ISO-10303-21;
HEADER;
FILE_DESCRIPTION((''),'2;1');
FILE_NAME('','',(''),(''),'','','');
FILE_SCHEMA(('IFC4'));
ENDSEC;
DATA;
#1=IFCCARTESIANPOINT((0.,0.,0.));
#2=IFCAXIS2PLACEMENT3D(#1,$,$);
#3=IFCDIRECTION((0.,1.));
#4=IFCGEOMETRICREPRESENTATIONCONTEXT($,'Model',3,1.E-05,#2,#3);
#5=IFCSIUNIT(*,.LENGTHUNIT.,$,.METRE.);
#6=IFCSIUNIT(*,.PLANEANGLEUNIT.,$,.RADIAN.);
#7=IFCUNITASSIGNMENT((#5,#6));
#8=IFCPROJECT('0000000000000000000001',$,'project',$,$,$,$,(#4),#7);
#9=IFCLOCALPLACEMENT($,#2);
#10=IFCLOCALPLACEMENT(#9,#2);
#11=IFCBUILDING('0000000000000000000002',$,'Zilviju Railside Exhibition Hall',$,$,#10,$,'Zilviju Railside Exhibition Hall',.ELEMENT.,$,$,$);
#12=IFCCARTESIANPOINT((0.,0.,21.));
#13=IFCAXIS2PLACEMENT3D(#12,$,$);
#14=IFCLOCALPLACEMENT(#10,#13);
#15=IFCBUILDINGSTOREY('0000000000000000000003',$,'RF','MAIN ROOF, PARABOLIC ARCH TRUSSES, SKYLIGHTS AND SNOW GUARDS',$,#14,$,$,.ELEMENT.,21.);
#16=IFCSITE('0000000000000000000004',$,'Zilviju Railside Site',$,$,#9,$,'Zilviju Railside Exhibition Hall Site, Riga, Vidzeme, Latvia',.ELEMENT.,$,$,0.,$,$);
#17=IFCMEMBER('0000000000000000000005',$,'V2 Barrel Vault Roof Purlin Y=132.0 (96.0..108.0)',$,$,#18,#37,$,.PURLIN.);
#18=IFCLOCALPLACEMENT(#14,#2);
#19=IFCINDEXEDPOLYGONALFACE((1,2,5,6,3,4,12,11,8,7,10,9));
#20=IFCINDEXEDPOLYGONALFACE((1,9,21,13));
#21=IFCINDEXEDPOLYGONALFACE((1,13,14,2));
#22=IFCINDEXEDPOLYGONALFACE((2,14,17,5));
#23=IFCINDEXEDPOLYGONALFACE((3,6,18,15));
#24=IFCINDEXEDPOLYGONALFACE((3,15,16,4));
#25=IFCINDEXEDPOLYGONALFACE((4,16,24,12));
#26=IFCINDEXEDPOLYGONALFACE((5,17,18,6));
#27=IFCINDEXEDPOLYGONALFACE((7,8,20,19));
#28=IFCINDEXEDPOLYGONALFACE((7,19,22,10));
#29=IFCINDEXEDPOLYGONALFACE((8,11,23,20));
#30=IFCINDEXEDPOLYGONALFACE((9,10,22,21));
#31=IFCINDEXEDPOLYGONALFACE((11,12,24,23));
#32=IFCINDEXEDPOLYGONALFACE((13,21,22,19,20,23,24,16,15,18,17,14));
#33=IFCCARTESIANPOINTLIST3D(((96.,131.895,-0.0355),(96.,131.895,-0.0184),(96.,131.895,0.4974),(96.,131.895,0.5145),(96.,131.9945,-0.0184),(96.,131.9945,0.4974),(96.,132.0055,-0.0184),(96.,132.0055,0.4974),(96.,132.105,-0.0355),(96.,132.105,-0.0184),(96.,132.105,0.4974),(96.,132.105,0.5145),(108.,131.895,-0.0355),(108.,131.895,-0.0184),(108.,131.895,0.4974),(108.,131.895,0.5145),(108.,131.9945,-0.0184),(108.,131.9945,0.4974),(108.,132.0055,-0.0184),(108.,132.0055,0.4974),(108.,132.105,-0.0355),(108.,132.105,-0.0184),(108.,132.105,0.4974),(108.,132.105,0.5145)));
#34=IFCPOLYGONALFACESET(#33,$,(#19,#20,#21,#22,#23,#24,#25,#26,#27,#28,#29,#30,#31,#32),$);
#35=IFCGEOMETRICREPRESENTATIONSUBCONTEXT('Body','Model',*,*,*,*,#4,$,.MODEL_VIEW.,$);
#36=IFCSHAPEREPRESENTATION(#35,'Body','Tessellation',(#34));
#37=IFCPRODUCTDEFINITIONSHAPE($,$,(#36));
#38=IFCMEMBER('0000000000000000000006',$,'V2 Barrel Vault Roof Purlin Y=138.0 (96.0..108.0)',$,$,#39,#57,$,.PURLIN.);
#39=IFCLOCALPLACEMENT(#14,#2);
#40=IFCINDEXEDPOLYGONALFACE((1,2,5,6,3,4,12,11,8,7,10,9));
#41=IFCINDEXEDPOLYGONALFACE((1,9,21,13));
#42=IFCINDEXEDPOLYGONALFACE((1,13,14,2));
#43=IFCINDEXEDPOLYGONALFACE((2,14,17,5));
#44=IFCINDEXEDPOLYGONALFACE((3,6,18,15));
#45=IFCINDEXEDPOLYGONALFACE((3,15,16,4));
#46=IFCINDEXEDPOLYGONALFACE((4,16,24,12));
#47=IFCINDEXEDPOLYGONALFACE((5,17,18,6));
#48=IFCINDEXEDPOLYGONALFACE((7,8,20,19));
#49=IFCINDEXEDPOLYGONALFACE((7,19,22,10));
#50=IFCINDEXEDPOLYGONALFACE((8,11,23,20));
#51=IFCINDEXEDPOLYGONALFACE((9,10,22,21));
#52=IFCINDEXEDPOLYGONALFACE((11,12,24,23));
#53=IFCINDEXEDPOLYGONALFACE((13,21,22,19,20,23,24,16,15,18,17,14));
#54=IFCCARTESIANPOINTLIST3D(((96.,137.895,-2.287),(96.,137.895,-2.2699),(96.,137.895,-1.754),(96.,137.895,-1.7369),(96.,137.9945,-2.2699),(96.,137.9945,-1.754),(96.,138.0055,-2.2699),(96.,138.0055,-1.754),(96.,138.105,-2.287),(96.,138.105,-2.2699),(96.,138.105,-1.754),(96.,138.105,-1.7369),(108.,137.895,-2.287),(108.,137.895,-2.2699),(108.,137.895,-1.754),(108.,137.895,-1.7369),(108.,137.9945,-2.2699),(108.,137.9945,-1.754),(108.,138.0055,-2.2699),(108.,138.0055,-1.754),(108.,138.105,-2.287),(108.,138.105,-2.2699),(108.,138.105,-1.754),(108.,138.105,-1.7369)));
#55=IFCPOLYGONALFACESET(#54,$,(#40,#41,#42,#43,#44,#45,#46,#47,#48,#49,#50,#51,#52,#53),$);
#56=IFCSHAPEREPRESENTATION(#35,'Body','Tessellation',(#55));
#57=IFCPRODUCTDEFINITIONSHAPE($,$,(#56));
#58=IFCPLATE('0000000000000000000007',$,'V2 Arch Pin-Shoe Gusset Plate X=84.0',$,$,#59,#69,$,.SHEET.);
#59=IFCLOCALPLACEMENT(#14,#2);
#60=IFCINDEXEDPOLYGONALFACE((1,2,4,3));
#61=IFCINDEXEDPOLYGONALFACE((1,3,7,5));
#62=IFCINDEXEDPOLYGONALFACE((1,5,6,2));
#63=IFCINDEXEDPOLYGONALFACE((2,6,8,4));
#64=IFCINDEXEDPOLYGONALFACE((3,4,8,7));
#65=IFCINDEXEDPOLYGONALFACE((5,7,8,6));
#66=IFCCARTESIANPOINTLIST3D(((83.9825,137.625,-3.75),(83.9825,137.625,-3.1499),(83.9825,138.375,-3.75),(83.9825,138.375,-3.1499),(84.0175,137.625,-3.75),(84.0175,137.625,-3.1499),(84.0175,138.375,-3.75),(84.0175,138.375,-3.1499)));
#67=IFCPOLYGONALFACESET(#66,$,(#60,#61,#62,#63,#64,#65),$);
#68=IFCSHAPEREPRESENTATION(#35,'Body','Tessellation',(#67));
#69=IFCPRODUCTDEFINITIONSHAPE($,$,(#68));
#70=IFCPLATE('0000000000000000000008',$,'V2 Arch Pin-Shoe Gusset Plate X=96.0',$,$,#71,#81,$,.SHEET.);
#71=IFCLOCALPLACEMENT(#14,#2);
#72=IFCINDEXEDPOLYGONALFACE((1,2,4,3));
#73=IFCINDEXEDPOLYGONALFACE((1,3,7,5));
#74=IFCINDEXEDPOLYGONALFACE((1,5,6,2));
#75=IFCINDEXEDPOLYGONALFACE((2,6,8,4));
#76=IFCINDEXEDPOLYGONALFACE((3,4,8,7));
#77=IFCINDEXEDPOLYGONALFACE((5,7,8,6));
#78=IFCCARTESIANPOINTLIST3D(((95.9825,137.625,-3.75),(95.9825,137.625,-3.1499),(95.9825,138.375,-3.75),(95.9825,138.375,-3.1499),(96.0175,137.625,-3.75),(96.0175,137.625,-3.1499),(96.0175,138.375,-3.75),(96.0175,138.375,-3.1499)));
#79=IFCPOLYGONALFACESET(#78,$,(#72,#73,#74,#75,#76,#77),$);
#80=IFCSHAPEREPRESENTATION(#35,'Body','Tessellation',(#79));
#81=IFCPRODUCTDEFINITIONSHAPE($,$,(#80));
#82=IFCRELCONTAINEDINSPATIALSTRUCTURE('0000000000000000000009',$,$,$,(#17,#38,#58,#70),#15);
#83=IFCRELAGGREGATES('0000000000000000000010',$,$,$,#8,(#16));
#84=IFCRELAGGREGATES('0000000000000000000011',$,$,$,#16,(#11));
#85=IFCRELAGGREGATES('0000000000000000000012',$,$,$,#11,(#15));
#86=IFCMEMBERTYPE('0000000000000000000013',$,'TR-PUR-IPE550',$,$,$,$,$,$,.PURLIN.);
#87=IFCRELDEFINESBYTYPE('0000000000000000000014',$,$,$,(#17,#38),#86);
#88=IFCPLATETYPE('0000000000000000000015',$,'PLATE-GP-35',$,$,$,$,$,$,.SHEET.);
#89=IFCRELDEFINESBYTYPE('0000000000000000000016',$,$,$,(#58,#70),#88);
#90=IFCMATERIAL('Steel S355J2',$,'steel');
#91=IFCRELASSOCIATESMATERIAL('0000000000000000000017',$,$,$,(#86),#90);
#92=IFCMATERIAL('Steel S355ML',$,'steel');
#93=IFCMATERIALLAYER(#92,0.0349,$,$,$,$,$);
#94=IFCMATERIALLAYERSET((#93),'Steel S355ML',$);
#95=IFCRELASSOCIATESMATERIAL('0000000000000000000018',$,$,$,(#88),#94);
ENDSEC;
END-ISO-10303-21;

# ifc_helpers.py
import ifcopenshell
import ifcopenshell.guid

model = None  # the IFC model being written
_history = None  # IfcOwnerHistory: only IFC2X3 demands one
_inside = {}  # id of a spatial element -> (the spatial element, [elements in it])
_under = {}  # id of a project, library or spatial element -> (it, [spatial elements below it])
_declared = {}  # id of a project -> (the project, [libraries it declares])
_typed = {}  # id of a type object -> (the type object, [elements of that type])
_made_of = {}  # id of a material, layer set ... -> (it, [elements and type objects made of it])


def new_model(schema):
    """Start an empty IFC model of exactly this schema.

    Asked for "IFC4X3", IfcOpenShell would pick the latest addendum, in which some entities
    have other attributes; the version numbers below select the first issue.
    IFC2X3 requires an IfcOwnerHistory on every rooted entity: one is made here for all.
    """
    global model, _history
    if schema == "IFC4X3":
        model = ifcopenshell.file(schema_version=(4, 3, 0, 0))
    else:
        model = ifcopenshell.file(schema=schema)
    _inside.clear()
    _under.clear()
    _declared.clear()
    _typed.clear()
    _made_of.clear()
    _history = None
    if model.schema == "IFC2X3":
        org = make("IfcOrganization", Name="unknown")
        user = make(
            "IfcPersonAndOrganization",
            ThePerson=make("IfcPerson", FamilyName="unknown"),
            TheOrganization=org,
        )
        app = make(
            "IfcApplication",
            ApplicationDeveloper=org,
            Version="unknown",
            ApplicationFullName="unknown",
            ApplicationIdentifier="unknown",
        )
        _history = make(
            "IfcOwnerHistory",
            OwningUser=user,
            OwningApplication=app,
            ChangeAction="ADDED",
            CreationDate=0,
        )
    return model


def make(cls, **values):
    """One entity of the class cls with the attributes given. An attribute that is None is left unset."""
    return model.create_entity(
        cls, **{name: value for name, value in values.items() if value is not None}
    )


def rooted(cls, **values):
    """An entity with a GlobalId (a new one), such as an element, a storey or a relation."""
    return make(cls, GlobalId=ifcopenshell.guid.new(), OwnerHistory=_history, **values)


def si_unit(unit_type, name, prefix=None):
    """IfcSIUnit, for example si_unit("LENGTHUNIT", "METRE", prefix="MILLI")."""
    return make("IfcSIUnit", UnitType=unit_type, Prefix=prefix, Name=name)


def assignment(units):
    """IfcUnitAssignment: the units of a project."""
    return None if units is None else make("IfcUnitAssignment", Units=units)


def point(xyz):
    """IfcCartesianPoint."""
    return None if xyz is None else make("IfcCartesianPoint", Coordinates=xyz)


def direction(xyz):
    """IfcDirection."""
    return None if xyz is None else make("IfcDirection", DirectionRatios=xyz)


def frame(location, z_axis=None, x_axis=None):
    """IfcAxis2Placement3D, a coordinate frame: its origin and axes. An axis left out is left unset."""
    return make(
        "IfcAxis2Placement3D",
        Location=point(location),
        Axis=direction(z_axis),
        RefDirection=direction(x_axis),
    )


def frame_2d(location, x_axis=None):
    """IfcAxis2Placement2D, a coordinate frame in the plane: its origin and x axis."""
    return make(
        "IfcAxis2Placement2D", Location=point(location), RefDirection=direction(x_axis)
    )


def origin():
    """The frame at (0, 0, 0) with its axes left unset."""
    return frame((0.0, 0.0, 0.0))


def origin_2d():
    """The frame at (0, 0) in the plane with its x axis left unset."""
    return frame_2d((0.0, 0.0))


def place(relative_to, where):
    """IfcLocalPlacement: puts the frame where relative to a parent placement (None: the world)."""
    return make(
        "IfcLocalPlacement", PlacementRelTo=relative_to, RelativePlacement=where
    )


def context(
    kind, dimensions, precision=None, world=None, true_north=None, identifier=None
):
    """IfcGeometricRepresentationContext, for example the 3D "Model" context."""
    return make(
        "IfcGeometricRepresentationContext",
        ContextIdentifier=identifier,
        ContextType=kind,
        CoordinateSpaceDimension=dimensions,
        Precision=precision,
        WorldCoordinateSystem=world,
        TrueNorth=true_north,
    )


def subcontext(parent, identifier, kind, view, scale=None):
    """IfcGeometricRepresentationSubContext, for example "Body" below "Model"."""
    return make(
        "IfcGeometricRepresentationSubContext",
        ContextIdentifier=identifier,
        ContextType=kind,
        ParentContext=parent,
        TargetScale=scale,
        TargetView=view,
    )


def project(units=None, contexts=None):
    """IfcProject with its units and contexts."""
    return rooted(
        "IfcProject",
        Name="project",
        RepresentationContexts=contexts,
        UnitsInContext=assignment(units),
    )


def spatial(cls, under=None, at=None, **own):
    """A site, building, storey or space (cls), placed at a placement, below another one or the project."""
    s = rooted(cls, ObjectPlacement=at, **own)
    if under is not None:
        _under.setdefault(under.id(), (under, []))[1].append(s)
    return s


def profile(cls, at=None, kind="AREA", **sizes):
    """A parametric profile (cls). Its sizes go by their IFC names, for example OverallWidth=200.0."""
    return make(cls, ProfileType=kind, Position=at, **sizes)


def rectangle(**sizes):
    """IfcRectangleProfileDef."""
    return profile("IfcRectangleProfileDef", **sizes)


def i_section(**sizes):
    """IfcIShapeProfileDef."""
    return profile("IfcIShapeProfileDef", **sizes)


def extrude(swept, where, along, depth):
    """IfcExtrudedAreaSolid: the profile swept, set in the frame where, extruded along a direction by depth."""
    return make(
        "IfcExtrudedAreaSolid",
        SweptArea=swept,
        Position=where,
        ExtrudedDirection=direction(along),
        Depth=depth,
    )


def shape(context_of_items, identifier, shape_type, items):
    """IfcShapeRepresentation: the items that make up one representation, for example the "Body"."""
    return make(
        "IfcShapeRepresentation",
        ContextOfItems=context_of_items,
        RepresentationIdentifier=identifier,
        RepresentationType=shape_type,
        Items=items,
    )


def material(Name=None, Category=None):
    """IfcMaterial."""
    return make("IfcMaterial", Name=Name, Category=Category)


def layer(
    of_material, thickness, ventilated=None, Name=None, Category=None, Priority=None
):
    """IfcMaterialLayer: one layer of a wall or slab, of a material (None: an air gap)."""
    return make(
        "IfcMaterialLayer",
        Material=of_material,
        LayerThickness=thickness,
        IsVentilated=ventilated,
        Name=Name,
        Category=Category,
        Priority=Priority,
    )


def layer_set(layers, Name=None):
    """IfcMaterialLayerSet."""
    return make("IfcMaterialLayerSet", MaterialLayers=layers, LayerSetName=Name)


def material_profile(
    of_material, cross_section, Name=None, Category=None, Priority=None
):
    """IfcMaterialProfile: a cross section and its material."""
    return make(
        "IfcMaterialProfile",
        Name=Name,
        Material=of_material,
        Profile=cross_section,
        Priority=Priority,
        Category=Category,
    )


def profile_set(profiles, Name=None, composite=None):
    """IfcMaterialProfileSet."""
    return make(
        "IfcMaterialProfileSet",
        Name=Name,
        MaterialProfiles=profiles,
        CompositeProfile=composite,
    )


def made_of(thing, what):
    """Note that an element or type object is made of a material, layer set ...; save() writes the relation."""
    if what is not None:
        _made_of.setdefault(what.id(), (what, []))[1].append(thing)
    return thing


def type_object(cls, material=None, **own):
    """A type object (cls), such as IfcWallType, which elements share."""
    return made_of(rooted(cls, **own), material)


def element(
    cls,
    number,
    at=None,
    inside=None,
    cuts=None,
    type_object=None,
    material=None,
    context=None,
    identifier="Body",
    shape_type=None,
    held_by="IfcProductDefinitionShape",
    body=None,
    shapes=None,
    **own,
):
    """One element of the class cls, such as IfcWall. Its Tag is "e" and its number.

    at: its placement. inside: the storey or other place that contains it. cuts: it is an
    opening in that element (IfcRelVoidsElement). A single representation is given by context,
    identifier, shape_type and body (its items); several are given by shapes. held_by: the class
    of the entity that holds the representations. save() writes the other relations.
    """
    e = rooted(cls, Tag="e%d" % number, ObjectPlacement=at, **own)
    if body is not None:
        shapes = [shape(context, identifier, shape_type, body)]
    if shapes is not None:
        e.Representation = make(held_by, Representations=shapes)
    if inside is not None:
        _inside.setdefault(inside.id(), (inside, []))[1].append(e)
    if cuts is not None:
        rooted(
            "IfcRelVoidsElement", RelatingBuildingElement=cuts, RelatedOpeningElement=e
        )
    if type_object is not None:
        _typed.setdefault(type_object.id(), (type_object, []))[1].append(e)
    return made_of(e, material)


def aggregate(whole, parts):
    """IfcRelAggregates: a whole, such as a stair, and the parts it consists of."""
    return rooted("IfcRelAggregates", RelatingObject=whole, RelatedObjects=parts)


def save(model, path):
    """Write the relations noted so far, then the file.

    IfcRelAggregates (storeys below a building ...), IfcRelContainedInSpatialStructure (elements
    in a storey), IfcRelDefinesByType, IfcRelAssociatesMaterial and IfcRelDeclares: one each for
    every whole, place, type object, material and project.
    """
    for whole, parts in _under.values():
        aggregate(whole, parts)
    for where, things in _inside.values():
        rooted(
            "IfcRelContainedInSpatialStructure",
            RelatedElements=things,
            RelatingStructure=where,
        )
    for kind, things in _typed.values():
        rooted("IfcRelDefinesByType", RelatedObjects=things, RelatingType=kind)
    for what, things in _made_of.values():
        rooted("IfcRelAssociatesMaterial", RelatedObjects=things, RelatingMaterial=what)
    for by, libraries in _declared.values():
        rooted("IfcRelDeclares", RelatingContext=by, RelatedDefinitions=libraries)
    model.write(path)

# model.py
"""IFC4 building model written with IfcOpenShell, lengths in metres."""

from ifc_helpers import new_model, si_unit, direction, frame, origin, origin_2d, place, context, subcontext, project, spatial, rectangle, i_section, extrude, material, layer, layer_set, material_profile, profile_set, type_object, element, save


model = new_model("IFC4")

# Units and contexts
model_context = context("Model", 3, precision=1e-05, world=origin(), true_north=direction((0.0, 1.0)))
body_context = subcontext(model_context, "Body", "Model", "MODEL_VIEW")
ifc_project = project(units=[si_unit("LENGTHUNIT", "METRE"), si_unit("PLANEANGLEUNIT", "RADIAN")], contexts=[model_context])

# Site, building, storey
site_placement = place(None, origin())
site = spatial("IfcSite", under=ifc_project, at=site_placement, Name="Zilviju Railside Site", LongName="Zilviju Railside Exhibition Hall Site, Riga, Vidzeme, Latvia", CompositionType="ELEMENT", RefElevation=0.0)
building_placement = place(site_placement, origin())
building = spatial("IfcBuilding", under=site, at=building_placement, Name="Zilviju Railside Exhibition Hall", LongName="Zilviju Railside Exhibition Hall", CompositionType="ELEMENT")
storey_placement = place(building_placement, frame((0.0, 0.0, 21.0)))
storey = spatial("IfcBuildingStorey", under=building, at=storey_placement, Name="RF", Description="MAIN ROOF, PARABOLIC ARCH TRUSSES, SKYLIGHTS AND SNOW GUARDS", CompositionType="ELEMENT", Elevation=21.0)

# Shared definitions
ifc_material_1 = material(Name="Steel S355J2", Category="steel")

# Members
ifc_material_profile_1 = material_profile(ifc_material_1, i_section(OverallWidth=0.21, OverallDepth=0.55, WebThickness=0.011, FlangeThickness=0.0171, at=origin_2d()), Name="IPE 550")
ifc_profile_set_1 = profile_set([ifc_material_profile_1], Name="Steel S355J2")
member_type_1 = type_object("IfcMemberType", Name="TR-PUR-IPE550", PredefinedType="PURLIN", material=ifc_profile_set_1)
for number, where, z_axis, x_axis, name in (
    (1, (96.0, 132.0, 0.2395), (1.0, 0.0, 0.0), (0.0, 1.0, 0.0), "V2 Barrel Vault Roof Purlin Y=132.0 (96.0..108.0)"),
    (2, (96.0, 138.0, -2.012), (1.0, 0.0, 0.0), (0.0, 1.0, 0.0), "V2 Barrel Vault Roof Purlin Y=138.0 (96.0..108.0)"),
):
    element("IfcMember", number, at=place(storey_placement, frame(where, z_axis=z_axis, x_axis=x_axis)), inside=storey, type_object=member_type_1, Name=name, PredefinedType="PURLIN", context=body_context, shape_type="SweptSolid", body=[
        extrude(i_section(OverallWidth=0.21, OverallDepth=0.55, WebThickness=0.011, FlangeThickness=0.0171, at=origin_2d()), origin(), (0.0, 0.0, 1.0), 12.0),
    ])

# Plates
ifc_material_2 = material(Name="Steel S355ML", Category="steel")
ifc_layer = layer(ifc_material_2, 0.0349)
ifc_layer_set = layer_set([ifc_layer], Name="Steel S355ML")
plate_type = type_object("IfcPlateType", Name="PLATE-GP-35", PredefinedType="SHEET", material=ifc_layer_set)
for number, where, z_axis, x_axis, name in (
    (3, (84.0, 138.0, -3.75), (0.0, 0.0, 1.0), (1.0, 0.0, 0.0), "V2 Arch Pin-Shoe Gusset Plate X=84.0"),
    (4, (96.0, 138.0, -3.75), (0.0, 0.0, 1.0), (1.0, 0.0, 0.0), "V2 Arch Pin-Shoe Gusset Plate X=96.0"),
):
    element("IfcPlate", number, at=place(storey_placement, frame(where, z_axis=z_axis, x_axis=x_axis)), inside=storey, type_object=plate_type, Name=name, PredefinedType="SHEET", context=body_context, shape_type="SweptSolid", body=[
        extrude(rectangle(XDim=0.0349, YDim=0.75, at=origin_2d()), origin(), (0.0, 0.0, 1.0), 0.6001),
    ])

save(model, "model.ifc")
